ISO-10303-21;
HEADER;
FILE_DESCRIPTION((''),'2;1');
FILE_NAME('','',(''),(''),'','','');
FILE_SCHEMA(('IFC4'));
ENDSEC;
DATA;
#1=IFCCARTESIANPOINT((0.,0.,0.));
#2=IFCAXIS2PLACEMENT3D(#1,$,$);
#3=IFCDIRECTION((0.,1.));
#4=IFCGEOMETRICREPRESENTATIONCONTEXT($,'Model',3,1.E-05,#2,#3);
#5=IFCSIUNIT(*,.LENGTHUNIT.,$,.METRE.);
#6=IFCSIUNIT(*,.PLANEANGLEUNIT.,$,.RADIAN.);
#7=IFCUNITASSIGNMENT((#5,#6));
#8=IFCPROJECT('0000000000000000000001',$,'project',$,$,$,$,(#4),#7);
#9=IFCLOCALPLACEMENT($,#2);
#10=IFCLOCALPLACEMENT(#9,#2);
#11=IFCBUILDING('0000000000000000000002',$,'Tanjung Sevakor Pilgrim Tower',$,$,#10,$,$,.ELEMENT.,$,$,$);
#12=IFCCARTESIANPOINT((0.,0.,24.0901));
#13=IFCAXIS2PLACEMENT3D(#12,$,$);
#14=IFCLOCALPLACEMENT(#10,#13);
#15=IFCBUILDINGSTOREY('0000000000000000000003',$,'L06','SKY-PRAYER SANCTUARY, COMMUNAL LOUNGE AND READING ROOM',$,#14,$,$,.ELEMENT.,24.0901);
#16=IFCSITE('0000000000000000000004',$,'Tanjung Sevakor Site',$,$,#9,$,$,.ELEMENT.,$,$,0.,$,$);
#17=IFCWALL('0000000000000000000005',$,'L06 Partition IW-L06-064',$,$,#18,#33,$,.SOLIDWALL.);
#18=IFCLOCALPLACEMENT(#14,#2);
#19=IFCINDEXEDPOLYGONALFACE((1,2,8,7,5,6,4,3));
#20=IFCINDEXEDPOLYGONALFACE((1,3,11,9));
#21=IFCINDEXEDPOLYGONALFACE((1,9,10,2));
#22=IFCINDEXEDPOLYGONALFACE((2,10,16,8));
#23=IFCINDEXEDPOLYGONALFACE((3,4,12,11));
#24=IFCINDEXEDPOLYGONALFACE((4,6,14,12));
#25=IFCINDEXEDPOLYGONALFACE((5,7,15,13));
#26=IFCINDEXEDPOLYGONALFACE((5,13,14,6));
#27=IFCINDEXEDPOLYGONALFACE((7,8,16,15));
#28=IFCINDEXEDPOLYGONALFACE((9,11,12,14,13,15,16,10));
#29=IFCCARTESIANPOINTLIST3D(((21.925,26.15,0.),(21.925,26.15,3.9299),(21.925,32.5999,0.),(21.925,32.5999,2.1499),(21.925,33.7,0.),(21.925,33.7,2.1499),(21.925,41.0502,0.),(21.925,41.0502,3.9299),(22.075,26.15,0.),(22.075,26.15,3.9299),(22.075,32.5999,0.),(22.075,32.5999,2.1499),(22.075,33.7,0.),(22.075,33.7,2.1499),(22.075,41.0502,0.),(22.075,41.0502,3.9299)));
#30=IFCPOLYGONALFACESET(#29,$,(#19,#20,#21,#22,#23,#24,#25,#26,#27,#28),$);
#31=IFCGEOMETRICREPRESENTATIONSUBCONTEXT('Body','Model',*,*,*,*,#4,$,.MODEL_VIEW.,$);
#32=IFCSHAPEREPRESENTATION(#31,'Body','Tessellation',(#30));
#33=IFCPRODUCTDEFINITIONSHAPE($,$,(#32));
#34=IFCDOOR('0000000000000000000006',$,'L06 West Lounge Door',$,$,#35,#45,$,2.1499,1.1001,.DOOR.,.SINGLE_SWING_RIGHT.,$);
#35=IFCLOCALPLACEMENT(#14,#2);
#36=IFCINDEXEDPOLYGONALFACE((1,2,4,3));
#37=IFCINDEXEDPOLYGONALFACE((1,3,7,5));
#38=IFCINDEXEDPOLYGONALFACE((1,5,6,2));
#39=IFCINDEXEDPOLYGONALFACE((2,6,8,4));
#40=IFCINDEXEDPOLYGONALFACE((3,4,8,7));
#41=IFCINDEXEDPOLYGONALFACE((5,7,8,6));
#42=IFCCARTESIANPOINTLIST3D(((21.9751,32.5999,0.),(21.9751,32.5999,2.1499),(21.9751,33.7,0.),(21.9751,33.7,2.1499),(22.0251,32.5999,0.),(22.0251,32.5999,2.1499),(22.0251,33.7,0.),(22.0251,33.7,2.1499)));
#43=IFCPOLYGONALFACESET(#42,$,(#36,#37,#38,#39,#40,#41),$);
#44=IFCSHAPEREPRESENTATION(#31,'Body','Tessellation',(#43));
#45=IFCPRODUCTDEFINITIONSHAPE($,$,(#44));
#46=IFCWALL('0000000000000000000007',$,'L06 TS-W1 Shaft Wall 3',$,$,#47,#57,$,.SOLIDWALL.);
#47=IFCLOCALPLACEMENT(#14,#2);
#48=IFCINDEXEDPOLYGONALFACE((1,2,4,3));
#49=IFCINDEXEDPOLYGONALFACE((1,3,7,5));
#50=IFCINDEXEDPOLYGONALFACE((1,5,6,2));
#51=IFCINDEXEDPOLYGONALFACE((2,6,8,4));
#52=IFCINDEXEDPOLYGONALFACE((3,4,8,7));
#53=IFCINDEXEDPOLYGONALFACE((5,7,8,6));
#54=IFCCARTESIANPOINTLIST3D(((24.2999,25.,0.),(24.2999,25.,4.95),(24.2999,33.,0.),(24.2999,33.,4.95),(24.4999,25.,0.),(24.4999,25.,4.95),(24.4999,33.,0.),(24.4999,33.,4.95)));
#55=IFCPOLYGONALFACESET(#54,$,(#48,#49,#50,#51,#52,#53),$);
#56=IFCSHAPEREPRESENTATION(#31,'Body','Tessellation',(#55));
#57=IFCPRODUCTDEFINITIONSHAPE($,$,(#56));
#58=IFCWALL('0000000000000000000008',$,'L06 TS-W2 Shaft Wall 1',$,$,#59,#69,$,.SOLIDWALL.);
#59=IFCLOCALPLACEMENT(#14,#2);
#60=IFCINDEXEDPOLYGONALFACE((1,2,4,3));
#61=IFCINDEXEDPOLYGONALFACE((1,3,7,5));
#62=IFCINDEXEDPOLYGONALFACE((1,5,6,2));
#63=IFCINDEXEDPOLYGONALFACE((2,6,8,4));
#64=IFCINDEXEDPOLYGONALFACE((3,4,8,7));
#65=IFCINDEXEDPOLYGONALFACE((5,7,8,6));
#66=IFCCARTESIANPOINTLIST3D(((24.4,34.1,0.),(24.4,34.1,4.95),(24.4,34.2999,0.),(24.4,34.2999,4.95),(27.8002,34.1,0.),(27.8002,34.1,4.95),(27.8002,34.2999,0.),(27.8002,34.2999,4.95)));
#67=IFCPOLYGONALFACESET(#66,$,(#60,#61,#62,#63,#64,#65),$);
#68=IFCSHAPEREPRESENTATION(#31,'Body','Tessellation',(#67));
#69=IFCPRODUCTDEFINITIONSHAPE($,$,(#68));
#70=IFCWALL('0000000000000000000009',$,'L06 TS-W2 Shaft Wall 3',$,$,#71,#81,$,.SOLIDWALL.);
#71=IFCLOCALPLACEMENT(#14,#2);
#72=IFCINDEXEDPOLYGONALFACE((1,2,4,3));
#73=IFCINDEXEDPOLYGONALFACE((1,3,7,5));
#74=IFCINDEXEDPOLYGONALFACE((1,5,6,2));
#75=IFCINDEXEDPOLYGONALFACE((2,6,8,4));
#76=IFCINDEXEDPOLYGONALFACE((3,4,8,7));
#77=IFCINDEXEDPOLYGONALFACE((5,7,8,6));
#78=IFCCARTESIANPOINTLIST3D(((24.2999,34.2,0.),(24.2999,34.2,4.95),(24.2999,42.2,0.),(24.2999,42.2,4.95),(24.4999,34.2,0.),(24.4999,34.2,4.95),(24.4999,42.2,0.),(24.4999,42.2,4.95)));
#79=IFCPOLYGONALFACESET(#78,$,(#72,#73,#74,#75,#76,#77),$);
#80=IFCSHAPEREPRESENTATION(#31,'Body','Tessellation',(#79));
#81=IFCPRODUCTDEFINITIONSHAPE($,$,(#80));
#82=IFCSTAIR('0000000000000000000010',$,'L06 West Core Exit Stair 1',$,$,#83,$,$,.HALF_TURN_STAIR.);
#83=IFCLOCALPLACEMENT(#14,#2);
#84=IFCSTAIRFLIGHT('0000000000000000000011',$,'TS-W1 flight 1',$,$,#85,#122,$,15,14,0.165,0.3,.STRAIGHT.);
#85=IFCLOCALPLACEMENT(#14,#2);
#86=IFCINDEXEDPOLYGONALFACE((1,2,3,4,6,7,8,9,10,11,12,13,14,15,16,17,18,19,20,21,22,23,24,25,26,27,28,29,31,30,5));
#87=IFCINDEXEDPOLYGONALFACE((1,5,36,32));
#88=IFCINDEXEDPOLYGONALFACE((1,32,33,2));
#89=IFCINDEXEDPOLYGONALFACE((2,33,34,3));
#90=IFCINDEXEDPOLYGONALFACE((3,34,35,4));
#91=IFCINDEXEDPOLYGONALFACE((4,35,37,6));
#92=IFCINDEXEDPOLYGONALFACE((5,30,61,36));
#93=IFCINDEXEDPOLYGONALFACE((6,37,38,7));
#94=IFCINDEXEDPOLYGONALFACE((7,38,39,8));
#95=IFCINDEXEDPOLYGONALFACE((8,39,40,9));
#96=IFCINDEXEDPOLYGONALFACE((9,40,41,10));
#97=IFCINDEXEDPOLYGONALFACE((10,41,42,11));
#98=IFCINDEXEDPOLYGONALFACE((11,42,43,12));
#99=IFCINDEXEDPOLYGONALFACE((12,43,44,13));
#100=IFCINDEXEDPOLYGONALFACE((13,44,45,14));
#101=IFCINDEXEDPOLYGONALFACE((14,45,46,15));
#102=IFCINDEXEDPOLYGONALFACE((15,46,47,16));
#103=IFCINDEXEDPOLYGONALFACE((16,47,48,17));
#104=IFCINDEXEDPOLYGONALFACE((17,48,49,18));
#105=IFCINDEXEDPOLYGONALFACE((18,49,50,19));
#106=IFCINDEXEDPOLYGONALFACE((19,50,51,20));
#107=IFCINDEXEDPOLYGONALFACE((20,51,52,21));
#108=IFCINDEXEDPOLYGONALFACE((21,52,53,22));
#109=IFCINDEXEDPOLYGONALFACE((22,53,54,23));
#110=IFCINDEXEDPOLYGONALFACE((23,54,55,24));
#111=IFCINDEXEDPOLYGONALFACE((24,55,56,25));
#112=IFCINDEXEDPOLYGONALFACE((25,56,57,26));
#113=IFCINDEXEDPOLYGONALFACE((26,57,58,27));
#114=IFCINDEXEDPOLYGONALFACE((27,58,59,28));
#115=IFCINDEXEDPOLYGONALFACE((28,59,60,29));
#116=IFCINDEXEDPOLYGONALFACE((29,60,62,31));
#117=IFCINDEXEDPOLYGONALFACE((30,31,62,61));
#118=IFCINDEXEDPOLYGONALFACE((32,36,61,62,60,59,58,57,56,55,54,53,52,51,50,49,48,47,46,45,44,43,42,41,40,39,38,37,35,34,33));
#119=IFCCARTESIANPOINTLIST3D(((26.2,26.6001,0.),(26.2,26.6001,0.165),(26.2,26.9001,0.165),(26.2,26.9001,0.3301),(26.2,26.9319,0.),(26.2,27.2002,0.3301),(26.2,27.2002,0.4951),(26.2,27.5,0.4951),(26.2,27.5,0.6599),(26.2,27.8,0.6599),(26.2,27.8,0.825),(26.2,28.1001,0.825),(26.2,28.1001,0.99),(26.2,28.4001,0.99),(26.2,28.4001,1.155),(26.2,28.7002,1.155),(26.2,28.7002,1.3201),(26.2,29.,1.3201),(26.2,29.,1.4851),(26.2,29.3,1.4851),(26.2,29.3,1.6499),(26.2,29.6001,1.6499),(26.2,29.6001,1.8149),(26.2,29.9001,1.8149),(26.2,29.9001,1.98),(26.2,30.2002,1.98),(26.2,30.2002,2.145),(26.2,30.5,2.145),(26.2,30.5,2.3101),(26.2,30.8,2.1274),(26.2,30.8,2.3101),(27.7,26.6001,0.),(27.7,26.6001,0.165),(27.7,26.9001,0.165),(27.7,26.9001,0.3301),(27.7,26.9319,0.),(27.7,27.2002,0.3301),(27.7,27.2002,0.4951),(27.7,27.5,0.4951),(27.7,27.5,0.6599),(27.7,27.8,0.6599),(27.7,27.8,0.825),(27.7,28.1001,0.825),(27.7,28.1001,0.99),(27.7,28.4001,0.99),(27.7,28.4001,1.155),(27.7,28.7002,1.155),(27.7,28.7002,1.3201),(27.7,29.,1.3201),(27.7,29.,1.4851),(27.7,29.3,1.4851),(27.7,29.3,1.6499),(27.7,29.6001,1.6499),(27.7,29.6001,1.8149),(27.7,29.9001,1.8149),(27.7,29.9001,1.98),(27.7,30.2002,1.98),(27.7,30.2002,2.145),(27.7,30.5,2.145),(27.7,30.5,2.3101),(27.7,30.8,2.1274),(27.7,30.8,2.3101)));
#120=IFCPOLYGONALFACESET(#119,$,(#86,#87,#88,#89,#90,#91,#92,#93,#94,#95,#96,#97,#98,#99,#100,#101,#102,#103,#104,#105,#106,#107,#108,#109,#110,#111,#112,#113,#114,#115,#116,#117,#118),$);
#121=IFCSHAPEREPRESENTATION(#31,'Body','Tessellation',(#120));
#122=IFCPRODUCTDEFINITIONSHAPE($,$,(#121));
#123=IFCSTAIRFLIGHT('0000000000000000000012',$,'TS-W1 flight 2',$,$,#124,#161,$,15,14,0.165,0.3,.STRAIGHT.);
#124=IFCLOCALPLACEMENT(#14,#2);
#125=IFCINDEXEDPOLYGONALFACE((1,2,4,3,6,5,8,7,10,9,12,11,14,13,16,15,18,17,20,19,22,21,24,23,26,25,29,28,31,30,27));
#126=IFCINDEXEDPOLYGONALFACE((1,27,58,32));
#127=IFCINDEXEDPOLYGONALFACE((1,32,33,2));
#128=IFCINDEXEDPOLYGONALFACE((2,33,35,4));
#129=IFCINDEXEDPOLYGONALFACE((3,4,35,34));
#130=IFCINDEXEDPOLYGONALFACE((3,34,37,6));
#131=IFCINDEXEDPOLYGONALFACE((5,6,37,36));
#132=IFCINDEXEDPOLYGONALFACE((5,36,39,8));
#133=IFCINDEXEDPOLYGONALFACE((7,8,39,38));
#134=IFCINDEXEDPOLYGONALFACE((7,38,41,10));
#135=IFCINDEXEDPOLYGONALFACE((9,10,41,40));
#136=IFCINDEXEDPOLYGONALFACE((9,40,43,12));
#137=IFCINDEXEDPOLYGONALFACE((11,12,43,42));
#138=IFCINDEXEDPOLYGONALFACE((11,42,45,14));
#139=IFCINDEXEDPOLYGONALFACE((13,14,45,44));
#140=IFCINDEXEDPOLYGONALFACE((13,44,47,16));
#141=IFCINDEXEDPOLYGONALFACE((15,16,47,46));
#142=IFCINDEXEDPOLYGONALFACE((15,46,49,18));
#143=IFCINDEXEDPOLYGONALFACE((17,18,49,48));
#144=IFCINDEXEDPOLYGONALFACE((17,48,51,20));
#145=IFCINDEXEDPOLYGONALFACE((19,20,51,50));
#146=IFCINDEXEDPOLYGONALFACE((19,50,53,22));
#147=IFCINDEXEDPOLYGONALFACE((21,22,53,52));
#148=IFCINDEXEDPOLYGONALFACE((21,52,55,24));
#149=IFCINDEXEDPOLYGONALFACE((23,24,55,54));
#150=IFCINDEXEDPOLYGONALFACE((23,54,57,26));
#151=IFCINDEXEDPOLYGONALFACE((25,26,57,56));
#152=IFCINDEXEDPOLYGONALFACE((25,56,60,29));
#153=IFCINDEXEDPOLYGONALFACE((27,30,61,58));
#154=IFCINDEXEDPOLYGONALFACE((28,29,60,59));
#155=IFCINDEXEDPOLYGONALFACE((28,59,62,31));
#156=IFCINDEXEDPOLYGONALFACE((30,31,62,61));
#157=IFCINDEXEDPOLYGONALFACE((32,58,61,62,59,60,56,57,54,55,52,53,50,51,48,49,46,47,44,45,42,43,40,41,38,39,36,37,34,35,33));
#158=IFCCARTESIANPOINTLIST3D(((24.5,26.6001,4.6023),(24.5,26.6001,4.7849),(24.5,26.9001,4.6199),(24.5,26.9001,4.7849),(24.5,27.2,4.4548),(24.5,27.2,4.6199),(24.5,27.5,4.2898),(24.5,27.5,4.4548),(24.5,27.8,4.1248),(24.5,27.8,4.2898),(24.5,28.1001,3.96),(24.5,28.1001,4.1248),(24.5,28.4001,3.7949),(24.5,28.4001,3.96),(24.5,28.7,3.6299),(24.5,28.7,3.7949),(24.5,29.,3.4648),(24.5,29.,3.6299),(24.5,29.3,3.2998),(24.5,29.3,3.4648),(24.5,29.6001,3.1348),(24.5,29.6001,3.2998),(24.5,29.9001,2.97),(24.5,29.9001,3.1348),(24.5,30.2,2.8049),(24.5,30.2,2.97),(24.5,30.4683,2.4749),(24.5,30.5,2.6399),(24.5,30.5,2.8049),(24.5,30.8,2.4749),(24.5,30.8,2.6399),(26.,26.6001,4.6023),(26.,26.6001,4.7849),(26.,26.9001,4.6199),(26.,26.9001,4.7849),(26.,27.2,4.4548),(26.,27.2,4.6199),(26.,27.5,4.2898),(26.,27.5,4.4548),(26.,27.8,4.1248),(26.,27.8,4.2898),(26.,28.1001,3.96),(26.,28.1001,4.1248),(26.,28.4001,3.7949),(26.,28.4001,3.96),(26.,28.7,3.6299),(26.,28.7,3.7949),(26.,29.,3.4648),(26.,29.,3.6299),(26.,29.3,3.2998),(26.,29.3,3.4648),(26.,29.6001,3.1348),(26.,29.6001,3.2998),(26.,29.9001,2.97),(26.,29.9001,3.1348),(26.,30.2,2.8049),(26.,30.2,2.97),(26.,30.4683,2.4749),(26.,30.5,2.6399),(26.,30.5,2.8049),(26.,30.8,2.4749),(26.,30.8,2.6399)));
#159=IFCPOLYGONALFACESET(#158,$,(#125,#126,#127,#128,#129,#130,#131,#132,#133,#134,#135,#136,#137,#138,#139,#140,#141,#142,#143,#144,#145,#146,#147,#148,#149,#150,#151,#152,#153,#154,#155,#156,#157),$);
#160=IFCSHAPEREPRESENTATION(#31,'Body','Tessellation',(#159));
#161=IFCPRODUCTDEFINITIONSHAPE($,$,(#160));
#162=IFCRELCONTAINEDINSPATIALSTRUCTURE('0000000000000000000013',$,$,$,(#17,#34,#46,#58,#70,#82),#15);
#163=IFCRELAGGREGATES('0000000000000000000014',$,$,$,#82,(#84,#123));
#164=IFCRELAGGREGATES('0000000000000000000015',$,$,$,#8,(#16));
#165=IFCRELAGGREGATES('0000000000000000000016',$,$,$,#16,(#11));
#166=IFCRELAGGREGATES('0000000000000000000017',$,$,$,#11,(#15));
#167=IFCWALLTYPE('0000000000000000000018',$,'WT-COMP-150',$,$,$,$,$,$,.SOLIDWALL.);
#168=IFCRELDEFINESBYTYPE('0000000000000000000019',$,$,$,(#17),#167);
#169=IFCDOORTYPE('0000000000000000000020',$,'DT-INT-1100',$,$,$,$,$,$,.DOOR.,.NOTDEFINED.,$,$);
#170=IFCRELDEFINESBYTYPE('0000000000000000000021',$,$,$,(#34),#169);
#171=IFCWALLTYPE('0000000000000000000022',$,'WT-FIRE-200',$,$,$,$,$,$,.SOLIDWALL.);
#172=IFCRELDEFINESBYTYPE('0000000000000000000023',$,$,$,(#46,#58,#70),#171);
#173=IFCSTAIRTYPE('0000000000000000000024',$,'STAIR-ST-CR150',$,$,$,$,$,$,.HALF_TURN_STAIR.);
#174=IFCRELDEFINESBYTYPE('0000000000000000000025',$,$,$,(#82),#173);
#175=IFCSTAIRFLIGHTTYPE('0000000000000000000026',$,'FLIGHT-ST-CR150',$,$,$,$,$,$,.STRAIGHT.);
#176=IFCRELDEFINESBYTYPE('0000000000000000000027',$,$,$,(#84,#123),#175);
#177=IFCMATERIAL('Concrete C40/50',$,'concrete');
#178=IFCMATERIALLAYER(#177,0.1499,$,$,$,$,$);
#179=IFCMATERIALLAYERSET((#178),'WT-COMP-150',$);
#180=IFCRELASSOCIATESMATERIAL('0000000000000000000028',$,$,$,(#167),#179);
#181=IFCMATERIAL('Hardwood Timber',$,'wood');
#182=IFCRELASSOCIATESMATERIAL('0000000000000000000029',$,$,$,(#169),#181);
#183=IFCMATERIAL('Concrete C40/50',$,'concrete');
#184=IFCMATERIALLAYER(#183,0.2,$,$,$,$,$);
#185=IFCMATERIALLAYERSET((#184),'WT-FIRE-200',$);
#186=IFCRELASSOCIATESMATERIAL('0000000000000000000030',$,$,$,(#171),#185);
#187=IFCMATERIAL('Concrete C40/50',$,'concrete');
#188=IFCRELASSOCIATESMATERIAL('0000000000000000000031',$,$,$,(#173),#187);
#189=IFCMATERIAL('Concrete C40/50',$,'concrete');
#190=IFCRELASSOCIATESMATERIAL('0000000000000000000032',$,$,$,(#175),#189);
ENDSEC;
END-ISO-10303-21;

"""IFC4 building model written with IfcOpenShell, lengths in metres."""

from ifc_helpers import new_model, si_unit, direction, frame, frame_2d, origin, place, context, subcontext, project, spatial, polyline, rectangle, outline, extrude, material, layer, layer_set, type_object, element, fill, aggregate, save


model = new_model("IFC4")

# Units and contexts
model_context = context("Model", 3, precision=1e-05, world=origin(), true_north=direction((0.0, 1.0)))
body_context = subcontext(model_context, "Body", "Model", "MODEL_VIEW")
ifc_project = project(units=[si_unit("LENGTHUNIT", "METRE"), si_unit("PLANEANGLEUNIT", "RADIAN")], contexts=[model_context])

# Site, building, storey
site_placement = place(None, origin())
site = spatial("IfcSite", under=ifc_project, at=site_placement, Name="Tanjung Sevakor Site", CompositionType="ELEMENT", RefElevation=0.0)
building_placement = place(site_placement, origin())
building = spatial("IfcBuilding", under=site, at=building_placement, Name="Tanjung Sevakor Pilgrim Tower", CompositionType="ELEMENT")
storey_placement = place(building_placement, frame((0.0, 0.0, 24.0901)))
storey = spatial("IfcBuildingStorey", under=building, at=storey_placement, Name="L06", Description="SKY-PRAYER SANCTUARY, COMMUNAL LOUNGE AND READING ROOM", CompositionType="ELEMENT", Elevation=24.0901)

# Shared definitions
ifc_material_1 = material(Name="Concrete C40/50", Category="concrete")
ifc_layer_1 = layer(ifc_material_1, 0.1499)
ifc_layer_set_1 = layer_set([ifc_layer_1], Name="WT-COMP-150")
wall_type_1 = type_object("IfcWallType", Name="WT-COMP-150", PredefinedType="SOLIDWALL", material=ifc_layer_set_1)

# Wall, opening, door
wall_1_placement = place(storey_placement, frame((22.0, 26.1499, 0.0), z_axis=(0.0, 0.0, 1.0), x_axis=(0.0, 1.0, 0.0)))
wall_1 = element("IfcWall", 1, at=wall_1_placement, inside=storey, type_object=wall_type_1, Name="L06 Partition IW-L06-064", PredefinedType="SOLIDWALL", context=body_context, shape_type="SweptSolid", body=[
    extrude(rectangle(XDim=14.9001, YDim=0.1499, at=frame_2d((7.4502, 0.0))), origin(), (0.0, 0.0, 1.0), 3.9299),
])
opening_placement = place(wall_1_placement, frame((6.45, 0.0, 0.0)))
opening = element("IfcOpeningElement", 2, at=opening_placement, cuts=wall_1, PredefinedType="OPENING", context=body_context, shape_type="SweptSolid", body=[
    extrude(rectangle(XDim=1.1001, YDim=2.1499, at=frame_2d((0.55, 1.075))), frame((0.0, 0.085, 0.0), z_axis=(0.0, -1.0, 0.0), x_axis=(1.0, 0.0, 0.0)), (0.0, 0.0, 1.0), 0.1699),
])
ifc_material_2 = material(Name="Hardwood Timber", Category="wood")
door_type = type_object("IfcDoorType", Name="DT-INT-1100", OperationType="NOTDEFINED", PredefinedType="DOOR", material=ifc_material_2)
door_placement = place(opening_placement, origin())
door = element("IfcDoor", 3, at=door_placement, inside=storey, type_object=door_type, Name="L06 West Lounge Door", OperationType="SINGLE_SWING_RIGHT", OverallHeight=2.1499, OverallWidth=1.1001, PredefinedType="DOOR", context=body_context, shape_type="SweptSolid", body=[
    extrude(rectangle(XDim=1.1001, YDim=2.1499, at=frame_2d((0.55, 1.075))), frame((0.0, 0.0249, 0.0), z_axis=(0.0, -1.0, 0.0), x_axis=(1.0, 0.0, 0.0)), (0.0, 0.0, 1.0), 0.05),
])
fill(opening, door)

# Walls
ifc_material_3 = material(Name="Concrete C40/50", Category="concrete")
ifc_layer_2 = layer(ifc_material_3, 0.2)
ifc_layer_set_2 = layer_set([ifc_layer_2], Name="WT-FIRE-200")
wall_type_2 = type_object("IfcWallType", Name="WT-FIRE-200", PredefinedType="SOLIDWALL", material=ifc_layer_set_2)
wall_2_placement = place(storey_placement, frame((24.3999, 33.0, 0.0), z_axis=(0.0, 0.0, 1.0), x_axis=(0.0, -1.0, 0.0)))
element("IfcWall", 4, at=wall_2_placement, inside=storey, type_object=wall_type_2, Name="L06 TS-W1 Shaft Wall 3", PredefinedType="SOLIDWALL", context=body_context, shape_type="SweptSolid", body=[
    extrude(rectangle(XDim=8.0, YDim=0.2, at=frame_2d((4.0, 0.0))), origin(), (0.0, 0.0, 1.0), 4.95),
])
wall_3_placement = place(storey_placement, frame((24.3999, 34.2, 0.0), z_axis=(0.0, 0.0, 1.0), x_axis=(1.0, 0.0, 0.0)))
element("IfcWall", 5, at=wall_3_placement, inside=storey, type_object=wall_type_2, Name="L06 TS-W2 Shaft Wall 1", PredefinedType="SOLIDWALL", context=body_context, shape_type="SweptSolid", body=[
    extrude(rectangle(XDim=3.4001, YDim=0.2, at=frame_2d((1.7002, 0.0))), origin(), (0.0, 0.0, 1.0), 4.95),
])
wall_4_placement = place(storey_placement, frame((24.3999, 42.2, 0.0), z_axis=(0.0, 0.0, 1.0), x_axis=(0.0, -1.0, 0.0)))
element("IfcWall", 6, at=wall_4_placement, inside=storey, type_object=wall_type_2, Name="L06 TS-W2 Shaft Wall 3", PredefinedType="SOLIDWALL", context=body_context, shape_type="SweptSolid", body=[
    extrude(rectangle(XDim=8.0, YDim=0.2, at=frame_2d((4.0, 0.0))), origin(), (0.0, 0.0, 1.0), 4.95),
])

# Stair, stair flights
ifc_material_4 = material(Name="Concrete C40/50", Category="concrete")
stair_type = type_object("IfcStairType", Name="STAIR-ST-CR150", PredefinedType="HALF_TURN_STAIR", material=ifc_material_4)
stair_1_placement = place(storey_placement, origin())
stair_1 = element("IfcStair", 7, at=stair_1_placement, inside=storey, type_object=stair_type, Name="L06 West Core Exit Stair 1", PredefinedType="HALF_TURN_STAIR")
ifc_material_5 = material(Name="Concrete C40/50", Category="concrete")
stair_flight_type = type_object("IfcStairFlightType", Name="FLIGHT-ST-CR150", PredefinedType="STRAIGHT", material=ifc_material_5)
stair_flight_1_placement = place(storey_placement, frame((26.95, 26.6001, 0.0), z_axis=(0.0, 0.0, 1.0), x_axis=(0.0, 1.0, 0.0)))
stair_flight_1 = element("IfcStairFlight", 8, at=stair_flight_1_placement, type_object=stair_flight_type, Name="TS-W1 flight 1", NumberOfRisers=15, NumberOfTreads=14, PredefinedType="STRAIGHT", RiserHeight=0.165, TreadLength=0.3, context=body_context, shape_type="SweptSolid", body=[
    extrude(outline(polyline([(0.0, 0.0), (0.0, 0.165), (0.3, 0.165), (0.3, 0.3301), (0.6001, 0.3301), (0.6001, 0.4951), (0.8999, 0.4951), (0.8999, 0.6599), (1.2, 0.6599), (1.2, 0.825), (1.5, 0.825), (1.5, 0.99), (1.8, 0.99), (1.8, 1.155), (2.1001, 1.155), (2.1001, 1.3201), (2.3999, 1.3201), (2.3999, 1.4851), (2.7, 1.4851), (2.7, 1.6499), (3.0, 1.6499), (3.0, 1.8149), (3.3, 1.8149), (3.3, 1.98), (3.6001, 1.98), (3.6001, 2.145), (3.8999, 2.145), (3.8999, 2.3101), (4.2, 2.3101), (4.2, 2.4751), (4.2, 2.1274), (0.3318, 0.0), (0.0, 0.0)])), frame((0.0, 0.75, 0.0), z_axis=(0.0, -1.0, 0.0), x_axis=(1.0, 0.0, 0.0)), (0.0, 0.0, 1.0), 1.5),
])
stair_flight_2_placement = place(storey_placement, frame((25.25, 30.8, 2.4749), z_axis=(0.0, 0.0, 1.0), x_axis=(0.0, -1.0, 0.0)))
stair_flight_2 = element("IfcStairFlight", 9, at=stair_flight_2_placement, type_object=stair_flight_type, Name="TS-W1 flight 2", NumberOfRisers=15, NumberOfTreads=14, PredefinedType="STRAIGHT", RiserHeight=0.165, TreadLength=0.3, context=body_context, shape_type="SweptSolid", body=[
    extrude(outline(polyline([(0.0, 0.0), (0.0, 0.165), (0.3, 0.165), (0.3, 0.3301), (0.6001, 0.3301), (0.6001, 0.4951), (0.8999, 0.4951), (0.8999, 0.6599), (1.2, 0.6599), (1.2, 0.825), (1.5, 0.825), (1.5, 0.99), (1.8, 0.99), (1.8, 1.155), (2.1001, 1.155), (2.1001, 1.3201), (2.3999, 1.3201), (2.3999, 1.4851), (2.7, 1.4851), (2.7, 1.6499), (3.0, 1.6499), (3.0, 1.8149), (3.3, 1.8149), (3.3, 1.98), (3.6001, 1.98), (3.6001, 2.145), (3.8999, 2.145), (3.8999, 2.3101), (4.2, 2.3101), (4.2, 2.4751), (4.2, 2.1274), (0.3318, 0.0), (0.0, 0.0)])), frame((0.0, 0.75, 0.0), z_axis=(0.0, -1.0, 0.0), x_axis=(1.0, 0.0, 0.0)), (0.0, 0.0, 1.0), 1.5),
])
aggregate(stair_1, [stair_flight_1, stair_flight_2])

save(model, "model.ifc")
